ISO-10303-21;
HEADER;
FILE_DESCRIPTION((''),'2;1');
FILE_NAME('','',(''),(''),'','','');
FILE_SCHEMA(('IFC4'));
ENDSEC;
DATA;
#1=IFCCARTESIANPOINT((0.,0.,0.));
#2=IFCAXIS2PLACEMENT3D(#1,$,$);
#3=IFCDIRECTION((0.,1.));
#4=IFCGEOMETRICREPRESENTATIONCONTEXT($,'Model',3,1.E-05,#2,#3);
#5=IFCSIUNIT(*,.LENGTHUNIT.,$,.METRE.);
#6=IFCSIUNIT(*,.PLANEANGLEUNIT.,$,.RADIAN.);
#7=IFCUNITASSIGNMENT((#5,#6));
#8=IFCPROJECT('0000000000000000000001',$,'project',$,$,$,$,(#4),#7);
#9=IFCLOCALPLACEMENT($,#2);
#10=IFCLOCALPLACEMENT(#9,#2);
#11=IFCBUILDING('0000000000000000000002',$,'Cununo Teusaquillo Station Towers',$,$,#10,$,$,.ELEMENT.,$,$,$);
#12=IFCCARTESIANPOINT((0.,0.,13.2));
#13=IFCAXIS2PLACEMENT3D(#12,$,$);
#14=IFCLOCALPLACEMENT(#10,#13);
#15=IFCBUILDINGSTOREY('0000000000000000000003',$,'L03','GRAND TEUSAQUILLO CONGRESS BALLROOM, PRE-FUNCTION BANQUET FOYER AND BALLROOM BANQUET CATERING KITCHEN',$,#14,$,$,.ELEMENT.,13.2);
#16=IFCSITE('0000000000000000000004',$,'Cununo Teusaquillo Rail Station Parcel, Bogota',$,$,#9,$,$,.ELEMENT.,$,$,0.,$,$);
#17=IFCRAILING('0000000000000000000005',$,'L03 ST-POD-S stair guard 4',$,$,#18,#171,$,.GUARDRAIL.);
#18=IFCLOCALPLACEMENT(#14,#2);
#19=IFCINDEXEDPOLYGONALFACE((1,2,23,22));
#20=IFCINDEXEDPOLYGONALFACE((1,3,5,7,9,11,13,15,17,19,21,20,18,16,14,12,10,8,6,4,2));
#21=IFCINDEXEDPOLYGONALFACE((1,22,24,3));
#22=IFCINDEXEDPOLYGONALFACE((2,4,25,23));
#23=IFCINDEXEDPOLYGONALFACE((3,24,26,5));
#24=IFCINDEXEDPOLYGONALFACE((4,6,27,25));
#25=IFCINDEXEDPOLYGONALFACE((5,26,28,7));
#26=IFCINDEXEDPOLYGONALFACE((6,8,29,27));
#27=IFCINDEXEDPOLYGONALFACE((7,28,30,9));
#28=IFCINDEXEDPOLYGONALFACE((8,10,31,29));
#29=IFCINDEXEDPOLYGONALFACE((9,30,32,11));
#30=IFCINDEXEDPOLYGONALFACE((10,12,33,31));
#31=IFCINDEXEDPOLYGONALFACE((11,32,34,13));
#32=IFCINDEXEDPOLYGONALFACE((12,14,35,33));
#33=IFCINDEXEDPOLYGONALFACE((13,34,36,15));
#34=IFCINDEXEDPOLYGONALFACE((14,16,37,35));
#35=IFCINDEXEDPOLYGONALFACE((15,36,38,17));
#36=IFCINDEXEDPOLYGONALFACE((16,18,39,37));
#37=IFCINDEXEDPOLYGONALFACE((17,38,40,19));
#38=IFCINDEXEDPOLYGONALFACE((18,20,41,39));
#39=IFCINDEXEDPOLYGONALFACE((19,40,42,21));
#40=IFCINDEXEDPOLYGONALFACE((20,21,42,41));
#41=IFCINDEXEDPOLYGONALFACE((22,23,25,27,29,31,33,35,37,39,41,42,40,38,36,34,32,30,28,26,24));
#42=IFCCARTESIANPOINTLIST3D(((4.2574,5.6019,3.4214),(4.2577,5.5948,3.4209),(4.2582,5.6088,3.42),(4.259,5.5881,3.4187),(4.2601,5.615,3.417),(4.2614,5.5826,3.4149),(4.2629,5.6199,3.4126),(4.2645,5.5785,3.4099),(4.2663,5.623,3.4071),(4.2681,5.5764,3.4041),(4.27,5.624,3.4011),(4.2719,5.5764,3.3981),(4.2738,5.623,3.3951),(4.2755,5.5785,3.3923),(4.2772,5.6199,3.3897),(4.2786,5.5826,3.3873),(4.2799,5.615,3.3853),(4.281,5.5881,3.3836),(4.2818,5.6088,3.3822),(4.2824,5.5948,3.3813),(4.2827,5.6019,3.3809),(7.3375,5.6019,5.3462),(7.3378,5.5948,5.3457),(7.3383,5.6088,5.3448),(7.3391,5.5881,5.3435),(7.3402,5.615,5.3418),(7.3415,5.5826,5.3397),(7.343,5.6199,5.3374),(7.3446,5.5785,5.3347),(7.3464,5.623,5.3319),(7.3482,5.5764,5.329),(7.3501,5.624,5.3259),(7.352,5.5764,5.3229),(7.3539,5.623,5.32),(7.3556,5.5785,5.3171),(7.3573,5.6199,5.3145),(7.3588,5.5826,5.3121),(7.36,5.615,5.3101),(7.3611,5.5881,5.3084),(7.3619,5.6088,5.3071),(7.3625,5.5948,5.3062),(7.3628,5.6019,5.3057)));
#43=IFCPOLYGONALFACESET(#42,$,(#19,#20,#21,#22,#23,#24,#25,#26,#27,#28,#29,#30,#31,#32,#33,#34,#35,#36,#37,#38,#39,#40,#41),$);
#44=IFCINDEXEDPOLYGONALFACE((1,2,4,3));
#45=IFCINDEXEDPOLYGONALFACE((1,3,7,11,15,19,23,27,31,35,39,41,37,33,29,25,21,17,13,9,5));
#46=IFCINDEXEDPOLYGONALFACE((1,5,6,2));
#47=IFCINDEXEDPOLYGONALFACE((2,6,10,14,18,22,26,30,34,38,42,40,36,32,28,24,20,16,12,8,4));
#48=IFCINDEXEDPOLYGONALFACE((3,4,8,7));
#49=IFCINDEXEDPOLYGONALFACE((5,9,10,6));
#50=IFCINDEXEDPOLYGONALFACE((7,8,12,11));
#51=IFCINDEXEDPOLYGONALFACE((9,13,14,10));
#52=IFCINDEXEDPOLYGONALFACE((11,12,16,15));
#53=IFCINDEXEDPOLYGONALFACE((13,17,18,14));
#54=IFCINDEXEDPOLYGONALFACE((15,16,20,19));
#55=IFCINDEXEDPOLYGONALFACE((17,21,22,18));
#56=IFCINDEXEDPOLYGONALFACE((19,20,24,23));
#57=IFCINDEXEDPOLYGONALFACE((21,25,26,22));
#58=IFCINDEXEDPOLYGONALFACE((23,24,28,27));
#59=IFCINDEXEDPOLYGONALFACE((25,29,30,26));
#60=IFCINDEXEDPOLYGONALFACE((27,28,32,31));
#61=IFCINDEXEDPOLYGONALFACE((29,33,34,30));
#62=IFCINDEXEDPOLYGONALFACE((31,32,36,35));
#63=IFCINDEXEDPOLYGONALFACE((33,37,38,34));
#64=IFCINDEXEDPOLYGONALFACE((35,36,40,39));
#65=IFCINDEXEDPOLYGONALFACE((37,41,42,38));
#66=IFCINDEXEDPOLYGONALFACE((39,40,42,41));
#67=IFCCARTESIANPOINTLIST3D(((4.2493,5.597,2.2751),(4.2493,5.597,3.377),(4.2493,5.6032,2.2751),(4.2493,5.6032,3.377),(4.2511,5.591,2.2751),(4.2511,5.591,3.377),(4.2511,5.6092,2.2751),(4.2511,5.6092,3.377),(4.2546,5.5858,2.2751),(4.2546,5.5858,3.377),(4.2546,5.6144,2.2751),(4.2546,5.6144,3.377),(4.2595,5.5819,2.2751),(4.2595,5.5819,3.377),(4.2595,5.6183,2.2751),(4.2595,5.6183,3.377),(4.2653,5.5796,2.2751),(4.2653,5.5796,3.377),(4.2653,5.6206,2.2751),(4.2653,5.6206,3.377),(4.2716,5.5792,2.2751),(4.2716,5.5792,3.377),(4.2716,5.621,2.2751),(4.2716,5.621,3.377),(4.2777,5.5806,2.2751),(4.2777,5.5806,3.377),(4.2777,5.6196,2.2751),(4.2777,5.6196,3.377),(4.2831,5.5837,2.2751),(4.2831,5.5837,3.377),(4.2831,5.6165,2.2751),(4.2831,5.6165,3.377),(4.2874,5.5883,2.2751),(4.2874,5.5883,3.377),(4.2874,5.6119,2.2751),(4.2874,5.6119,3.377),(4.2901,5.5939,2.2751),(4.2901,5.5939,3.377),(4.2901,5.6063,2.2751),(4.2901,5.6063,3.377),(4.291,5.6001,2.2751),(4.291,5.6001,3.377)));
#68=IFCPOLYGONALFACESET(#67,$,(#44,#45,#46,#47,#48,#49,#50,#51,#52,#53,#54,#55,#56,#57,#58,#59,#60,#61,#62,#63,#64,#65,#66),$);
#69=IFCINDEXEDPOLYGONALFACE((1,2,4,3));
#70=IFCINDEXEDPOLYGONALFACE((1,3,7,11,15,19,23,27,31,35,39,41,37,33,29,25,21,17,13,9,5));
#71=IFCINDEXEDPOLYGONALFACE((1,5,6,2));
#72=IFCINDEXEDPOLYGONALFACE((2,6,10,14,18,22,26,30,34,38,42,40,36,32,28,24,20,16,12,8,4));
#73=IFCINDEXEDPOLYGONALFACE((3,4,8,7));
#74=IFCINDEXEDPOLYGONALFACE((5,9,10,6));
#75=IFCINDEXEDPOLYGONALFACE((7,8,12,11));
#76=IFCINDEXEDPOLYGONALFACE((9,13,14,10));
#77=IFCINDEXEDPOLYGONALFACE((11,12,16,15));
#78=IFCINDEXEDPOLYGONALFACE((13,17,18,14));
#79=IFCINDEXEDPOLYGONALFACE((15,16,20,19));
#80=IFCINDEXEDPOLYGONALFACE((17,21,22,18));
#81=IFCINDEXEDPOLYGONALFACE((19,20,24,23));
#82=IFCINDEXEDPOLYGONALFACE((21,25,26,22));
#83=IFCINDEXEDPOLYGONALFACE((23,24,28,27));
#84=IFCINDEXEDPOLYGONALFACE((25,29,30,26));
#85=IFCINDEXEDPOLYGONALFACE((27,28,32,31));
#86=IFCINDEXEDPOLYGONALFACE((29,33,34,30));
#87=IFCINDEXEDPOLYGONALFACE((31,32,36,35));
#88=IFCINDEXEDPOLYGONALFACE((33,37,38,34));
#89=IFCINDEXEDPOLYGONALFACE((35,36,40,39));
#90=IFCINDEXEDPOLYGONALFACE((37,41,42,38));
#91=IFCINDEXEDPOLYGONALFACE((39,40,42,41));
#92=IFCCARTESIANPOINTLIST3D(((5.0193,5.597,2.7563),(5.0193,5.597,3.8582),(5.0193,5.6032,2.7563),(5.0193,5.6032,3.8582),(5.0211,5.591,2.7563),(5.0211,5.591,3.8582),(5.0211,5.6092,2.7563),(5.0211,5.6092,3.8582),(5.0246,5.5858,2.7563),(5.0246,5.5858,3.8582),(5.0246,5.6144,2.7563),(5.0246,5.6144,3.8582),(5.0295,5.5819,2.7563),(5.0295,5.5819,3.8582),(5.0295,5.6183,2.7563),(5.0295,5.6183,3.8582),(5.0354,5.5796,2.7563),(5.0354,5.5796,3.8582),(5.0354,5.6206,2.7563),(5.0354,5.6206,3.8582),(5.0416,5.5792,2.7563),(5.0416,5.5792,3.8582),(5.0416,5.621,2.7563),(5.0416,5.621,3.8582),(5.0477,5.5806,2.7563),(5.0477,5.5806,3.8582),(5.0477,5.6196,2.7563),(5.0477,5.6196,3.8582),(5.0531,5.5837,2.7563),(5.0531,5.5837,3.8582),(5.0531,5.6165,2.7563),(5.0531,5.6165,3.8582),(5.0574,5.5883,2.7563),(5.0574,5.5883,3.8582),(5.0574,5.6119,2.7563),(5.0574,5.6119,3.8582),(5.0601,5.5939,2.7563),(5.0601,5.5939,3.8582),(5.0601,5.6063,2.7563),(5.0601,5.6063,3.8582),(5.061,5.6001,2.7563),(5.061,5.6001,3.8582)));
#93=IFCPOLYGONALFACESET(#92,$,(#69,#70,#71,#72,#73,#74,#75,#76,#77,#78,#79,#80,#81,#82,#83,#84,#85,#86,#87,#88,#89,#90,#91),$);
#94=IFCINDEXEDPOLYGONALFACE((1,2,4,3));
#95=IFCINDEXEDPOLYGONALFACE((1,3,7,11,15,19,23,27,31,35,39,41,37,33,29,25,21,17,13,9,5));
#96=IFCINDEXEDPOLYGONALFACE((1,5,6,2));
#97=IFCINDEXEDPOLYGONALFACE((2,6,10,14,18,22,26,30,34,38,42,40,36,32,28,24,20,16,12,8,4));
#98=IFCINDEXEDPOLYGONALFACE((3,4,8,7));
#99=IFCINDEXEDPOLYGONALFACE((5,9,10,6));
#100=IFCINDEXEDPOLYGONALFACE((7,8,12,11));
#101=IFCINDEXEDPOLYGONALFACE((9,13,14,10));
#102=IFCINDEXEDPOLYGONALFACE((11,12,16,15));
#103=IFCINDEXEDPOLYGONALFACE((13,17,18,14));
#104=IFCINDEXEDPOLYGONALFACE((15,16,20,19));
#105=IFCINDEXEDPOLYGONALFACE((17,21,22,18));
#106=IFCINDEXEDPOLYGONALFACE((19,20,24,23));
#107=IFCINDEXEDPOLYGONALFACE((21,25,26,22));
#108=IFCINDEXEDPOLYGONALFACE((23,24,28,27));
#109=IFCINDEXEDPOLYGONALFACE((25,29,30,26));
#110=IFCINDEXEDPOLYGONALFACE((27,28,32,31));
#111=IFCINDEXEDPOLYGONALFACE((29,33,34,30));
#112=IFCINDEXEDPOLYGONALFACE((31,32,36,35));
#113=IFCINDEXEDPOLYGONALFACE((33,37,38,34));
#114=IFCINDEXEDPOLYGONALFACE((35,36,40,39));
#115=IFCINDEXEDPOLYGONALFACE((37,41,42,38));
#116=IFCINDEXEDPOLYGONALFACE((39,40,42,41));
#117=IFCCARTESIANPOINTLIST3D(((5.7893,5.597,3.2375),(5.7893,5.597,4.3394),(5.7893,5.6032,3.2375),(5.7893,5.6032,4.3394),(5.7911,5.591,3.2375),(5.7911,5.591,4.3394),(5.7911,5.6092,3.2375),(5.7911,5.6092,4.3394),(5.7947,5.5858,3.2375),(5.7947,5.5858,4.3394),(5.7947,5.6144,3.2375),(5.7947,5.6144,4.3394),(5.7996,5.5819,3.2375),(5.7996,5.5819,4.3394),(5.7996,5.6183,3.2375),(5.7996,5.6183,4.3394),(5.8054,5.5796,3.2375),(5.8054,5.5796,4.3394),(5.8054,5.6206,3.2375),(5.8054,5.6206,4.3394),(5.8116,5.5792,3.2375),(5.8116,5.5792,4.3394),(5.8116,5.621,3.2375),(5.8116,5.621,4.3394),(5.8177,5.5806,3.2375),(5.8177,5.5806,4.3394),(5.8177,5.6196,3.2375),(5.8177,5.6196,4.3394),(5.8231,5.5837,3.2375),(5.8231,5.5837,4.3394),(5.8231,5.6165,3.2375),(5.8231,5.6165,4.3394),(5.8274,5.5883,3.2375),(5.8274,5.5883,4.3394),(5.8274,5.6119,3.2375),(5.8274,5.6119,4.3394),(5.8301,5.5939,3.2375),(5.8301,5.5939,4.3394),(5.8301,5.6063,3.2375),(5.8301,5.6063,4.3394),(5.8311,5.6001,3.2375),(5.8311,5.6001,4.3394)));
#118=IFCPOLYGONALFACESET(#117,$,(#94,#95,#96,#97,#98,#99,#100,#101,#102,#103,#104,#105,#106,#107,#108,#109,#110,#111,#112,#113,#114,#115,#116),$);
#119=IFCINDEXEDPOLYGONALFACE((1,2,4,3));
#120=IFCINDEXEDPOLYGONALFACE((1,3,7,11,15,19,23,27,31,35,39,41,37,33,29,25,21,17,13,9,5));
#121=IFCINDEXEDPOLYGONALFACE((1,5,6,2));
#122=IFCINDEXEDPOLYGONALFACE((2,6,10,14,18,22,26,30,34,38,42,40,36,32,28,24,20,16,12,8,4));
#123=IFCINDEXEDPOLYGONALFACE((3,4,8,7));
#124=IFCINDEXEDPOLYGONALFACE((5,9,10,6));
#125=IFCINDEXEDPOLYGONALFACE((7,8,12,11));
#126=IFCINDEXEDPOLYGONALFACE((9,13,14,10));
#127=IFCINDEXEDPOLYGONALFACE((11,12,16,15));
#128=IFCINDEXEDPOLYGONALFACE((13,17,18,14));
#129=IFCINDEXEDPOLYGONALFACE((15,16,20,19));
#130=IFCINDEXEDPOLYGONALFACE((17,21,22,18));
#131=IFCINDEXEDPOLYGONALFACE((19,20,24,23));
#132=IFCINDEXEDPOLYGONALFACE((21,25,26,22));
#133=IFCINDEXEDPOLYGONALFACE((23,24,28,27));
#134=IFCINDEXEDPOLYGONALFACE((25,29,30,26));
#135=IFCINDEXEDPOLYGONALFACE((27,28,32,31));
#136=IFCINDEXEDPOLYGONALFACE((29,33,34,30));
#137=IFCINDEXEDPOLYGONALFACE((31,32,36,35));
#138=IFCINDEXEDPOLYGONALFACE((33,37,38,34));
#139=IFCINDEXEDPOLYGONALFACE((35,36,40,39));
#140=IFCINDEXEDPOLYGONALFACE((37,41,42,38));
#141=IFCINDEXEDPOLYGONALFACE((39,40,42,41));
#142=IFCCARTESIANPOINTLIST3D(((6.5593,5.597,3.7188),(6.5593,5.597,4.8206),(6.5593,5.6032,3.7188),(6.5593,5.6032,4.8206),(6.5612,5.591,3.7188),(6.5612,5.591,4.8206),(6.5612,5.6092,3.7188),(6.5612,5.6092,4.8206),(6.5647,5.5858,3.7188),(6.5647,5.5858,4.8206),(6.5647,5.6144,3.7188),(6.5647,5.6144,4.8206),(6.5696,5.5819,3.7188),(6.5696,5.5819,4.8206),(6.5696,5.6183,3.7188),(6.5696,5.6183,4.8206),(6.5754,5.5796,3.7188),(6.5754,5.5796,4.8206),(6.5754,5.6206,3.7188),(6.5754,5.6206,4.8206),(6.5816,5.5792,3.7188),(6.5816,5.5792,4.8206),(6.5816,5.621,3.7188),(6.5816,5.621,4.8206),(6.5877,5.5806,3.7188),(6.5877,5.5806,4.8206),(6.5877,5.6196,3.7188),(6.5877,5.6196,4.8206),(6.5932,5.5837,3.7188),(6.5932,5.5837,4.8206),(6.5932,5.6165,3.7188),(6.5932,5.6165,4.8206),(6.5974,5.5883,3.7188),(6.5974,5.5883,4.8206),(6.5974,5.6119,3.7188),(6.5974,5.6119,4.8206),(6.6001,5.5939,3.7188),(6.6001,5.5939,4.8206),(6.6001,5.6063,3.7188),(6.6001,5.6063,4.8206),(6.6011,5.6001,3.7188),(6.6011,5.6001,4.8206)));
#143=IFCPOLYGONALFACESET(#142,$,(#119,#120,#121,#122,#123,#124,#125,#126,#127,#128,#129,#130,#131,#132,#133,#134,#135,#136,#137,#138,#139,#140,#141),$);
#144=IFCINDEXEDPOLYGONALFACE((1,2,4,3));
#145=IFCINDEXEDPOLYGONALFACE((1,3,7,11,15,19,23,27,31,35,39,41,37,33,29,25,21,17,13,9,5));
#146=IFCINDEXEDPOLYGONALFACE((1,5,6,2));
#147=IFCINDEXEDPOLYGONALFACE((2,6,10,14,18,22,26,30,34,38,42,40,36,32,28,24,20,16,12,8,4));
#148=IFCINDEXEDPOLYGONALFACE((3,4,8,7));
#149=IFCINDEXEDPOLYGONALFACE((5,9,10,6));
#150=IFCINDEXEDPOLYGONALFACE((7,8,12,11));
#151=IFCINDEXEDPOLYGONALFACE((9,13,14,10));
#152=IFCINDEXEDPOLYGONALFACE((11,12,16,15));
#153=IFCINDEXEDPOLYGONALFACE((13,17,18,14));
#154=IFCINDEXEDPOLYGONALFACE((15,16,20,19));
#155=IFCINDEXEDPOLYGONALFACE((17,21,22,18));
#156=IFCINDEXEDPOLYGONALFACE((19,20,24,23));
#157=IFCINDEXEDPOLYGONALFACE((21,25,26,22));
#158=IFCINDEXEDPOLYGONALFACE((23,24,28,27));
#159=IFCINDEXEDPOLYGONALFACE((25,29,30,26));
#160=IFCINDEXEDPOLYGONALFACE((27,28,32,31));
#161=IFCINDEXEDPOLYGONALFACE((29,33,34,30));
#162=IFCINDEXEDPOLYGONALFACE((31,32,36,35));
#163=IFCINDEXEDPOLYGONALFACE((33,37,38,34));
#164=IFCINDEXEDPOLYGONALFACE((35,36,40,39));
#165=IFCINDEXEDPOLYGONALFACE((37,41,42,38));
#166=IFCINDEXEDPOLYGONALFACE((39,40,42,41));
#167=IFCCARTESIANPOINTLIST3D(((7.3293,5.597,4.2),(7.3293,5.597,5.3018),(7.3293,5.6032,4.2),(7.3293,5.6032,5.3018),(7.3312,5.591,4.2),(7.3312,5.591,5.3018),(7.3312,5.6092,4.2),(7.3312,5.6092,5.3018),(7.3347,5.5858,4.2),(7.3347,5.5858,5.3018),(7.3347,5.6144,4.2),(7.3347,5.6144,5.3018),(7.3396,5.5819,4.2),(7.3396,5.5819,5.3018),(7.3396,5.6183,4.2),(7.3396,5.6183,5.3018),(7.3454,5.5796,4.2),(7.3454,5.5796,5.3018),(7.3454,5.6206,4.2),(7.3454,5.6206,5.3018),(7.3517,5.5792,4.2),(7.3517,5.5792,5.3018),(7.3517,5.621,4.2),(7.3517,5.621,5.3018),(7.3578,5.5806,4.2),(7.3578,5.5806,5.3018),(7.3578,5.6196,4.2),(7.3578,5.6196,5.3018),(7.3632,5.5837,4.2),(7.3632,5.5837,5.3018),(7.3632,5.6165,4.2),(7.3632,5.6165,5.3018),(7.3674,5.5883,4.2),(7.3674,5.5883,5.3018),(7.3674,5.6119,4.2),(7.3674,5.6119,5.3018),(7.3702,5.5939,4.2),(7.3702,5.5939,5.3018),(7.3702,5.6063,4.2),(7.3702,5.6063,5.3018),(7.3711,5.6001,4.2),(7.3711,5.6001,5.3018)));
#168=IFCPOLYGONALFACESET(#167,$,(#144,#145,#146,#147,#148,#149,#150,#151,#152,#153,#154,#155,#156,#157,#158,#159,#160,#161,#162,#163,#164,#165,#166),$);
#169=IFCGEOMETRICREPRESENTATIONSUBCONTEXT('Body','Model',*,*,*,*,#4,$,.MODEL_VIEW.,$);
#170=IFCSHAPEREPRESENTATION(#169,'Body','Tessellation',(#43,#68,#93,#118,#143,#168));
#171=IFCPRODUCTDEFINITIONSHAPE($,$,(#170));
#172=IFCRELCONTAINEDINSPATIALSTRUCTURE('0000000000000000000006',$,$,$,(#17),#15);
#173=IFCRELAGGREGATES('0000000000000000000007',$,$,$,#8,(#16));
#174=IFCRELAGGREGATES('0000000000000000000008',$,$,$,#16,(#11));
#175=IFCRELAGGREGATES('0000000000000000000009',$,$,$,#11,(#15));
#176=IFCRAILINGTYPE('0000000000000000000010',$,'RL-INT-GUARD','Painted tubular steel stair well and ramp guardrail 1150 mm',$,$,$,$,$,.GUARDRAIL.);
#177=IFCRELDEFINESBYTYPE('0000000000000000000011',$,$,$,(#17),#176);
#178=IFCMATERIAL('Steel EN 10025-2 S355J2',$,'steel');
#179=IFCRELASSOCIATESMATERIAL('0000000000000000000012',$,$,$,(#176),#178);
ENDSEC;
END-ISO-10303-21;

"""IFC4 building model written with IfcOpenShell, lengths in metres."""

from ifc_helpers import new_model, si_unit, direction, frame, origin, origin_2d, place, context, subcontext, project, spatial, circle, extrude, material, type_object, element, save


model = new_model("IFC4")

# Units and contexts
model_context = context("Model", 3, precision=1e-05, world=origin(), true_north=direction((0.0, 1.0)))
body_context = subcontext(model_context, "Body", "Model", "MODEL_VIEW")
ifc_project = project(units=[si_unit("LENGTHUNIT", "METRE"), si_unit("PLANEANGLEUNIT", "RADIAN")], contexts=[model_context])

# Site, building, storey
site_placement = place(None, origin())
site = spatial("IfcSite", under=ifc_project, at=site_placement, Name="Cununo Teusaquillo Rail Station Parcel, Bogota", CompositionType="ELEMENT", RefElevation=0.0)
building_placement = place(site_placement, origin())
building = spatial("IfcBuilding", under=site, at=building_placement, Name="Cununo Teusaquillo Station Towers", CompositionType="ELEMENT")
storey_placement = place(building_placement, frame((0.0, 0.0, 13.2)))
storey = spatial("IfcBuildingStorey", under=building, at=storey_placement, Name="L03", Description="GRAND TEUSAQUILLO CONGRESS BALLROOM, PRE-FUNCTION BANQUET FOYER AND BALLROOM BANQUET CATERING KITCHEN", CompositionType="ELEMENT", Elevation=13.2)

# Railing
ifc_material_1 = material(Name="Steel EN 10025-2 S355J2", Category="steel")
railing_type_1 = type_object("IfcRailingType", Name="RL-INT-GUARD", Description="Painted tubular steel stair well and ramp guardrail 1150 mm", PredefinedType="GUARDRAIL", material=ifc_material_1)
railing_1_placement = place(storey_placement, frame((4.27, 5.6001, 2.2751)))
element("IfcRailing", 1, at=railing_1_placement, inside=storey, type_object=railing_type_1, Name="L03 ST-POD-S stair guard 4", PredefinedType="GUARDRAIL", context=body_context, shape_type="SweptSolid", body=[
    extrude(circle(Radius=0.0239, at=origin_2d()), frame((0.0, 0.0, 1.126), z_axis=(0.848029, 0.0, 0.529951), x_axis=(0.0, 1.0, 0.0)), (0.0, 0.0, 1.0), 3.6321),
    extrude(circle(Radius=0.021, at=origin_2d()), origin(), (0.0, 0.0, 1.0), 1.1018),
    extrude(circle(Radius=0.021, at=origin_2d()), frame((0.77, 0.0, 0.4812)), (0.0, 0.0, 1.0), 1.1018),
    extrude(circle(Radius=0.021, at=origin_2d()), frame((1.54, 0.0, 0.9624)), (0.0, 0.0, 1.0), 1.1018),
    extrude(circle(Radius=0.021, at=origin_2d()), frame((2.3101, 0.0, 1.4436)), (0.0, 0.0, 1.0), 1.1018),
    extrude(circle(Radius=0.021, at=origin_2d()), frame((3.0801, 0.0, 1.9248)), (0.0, 0.0, 1.0), 1.1018),
])

save(model, "model.ifc")
